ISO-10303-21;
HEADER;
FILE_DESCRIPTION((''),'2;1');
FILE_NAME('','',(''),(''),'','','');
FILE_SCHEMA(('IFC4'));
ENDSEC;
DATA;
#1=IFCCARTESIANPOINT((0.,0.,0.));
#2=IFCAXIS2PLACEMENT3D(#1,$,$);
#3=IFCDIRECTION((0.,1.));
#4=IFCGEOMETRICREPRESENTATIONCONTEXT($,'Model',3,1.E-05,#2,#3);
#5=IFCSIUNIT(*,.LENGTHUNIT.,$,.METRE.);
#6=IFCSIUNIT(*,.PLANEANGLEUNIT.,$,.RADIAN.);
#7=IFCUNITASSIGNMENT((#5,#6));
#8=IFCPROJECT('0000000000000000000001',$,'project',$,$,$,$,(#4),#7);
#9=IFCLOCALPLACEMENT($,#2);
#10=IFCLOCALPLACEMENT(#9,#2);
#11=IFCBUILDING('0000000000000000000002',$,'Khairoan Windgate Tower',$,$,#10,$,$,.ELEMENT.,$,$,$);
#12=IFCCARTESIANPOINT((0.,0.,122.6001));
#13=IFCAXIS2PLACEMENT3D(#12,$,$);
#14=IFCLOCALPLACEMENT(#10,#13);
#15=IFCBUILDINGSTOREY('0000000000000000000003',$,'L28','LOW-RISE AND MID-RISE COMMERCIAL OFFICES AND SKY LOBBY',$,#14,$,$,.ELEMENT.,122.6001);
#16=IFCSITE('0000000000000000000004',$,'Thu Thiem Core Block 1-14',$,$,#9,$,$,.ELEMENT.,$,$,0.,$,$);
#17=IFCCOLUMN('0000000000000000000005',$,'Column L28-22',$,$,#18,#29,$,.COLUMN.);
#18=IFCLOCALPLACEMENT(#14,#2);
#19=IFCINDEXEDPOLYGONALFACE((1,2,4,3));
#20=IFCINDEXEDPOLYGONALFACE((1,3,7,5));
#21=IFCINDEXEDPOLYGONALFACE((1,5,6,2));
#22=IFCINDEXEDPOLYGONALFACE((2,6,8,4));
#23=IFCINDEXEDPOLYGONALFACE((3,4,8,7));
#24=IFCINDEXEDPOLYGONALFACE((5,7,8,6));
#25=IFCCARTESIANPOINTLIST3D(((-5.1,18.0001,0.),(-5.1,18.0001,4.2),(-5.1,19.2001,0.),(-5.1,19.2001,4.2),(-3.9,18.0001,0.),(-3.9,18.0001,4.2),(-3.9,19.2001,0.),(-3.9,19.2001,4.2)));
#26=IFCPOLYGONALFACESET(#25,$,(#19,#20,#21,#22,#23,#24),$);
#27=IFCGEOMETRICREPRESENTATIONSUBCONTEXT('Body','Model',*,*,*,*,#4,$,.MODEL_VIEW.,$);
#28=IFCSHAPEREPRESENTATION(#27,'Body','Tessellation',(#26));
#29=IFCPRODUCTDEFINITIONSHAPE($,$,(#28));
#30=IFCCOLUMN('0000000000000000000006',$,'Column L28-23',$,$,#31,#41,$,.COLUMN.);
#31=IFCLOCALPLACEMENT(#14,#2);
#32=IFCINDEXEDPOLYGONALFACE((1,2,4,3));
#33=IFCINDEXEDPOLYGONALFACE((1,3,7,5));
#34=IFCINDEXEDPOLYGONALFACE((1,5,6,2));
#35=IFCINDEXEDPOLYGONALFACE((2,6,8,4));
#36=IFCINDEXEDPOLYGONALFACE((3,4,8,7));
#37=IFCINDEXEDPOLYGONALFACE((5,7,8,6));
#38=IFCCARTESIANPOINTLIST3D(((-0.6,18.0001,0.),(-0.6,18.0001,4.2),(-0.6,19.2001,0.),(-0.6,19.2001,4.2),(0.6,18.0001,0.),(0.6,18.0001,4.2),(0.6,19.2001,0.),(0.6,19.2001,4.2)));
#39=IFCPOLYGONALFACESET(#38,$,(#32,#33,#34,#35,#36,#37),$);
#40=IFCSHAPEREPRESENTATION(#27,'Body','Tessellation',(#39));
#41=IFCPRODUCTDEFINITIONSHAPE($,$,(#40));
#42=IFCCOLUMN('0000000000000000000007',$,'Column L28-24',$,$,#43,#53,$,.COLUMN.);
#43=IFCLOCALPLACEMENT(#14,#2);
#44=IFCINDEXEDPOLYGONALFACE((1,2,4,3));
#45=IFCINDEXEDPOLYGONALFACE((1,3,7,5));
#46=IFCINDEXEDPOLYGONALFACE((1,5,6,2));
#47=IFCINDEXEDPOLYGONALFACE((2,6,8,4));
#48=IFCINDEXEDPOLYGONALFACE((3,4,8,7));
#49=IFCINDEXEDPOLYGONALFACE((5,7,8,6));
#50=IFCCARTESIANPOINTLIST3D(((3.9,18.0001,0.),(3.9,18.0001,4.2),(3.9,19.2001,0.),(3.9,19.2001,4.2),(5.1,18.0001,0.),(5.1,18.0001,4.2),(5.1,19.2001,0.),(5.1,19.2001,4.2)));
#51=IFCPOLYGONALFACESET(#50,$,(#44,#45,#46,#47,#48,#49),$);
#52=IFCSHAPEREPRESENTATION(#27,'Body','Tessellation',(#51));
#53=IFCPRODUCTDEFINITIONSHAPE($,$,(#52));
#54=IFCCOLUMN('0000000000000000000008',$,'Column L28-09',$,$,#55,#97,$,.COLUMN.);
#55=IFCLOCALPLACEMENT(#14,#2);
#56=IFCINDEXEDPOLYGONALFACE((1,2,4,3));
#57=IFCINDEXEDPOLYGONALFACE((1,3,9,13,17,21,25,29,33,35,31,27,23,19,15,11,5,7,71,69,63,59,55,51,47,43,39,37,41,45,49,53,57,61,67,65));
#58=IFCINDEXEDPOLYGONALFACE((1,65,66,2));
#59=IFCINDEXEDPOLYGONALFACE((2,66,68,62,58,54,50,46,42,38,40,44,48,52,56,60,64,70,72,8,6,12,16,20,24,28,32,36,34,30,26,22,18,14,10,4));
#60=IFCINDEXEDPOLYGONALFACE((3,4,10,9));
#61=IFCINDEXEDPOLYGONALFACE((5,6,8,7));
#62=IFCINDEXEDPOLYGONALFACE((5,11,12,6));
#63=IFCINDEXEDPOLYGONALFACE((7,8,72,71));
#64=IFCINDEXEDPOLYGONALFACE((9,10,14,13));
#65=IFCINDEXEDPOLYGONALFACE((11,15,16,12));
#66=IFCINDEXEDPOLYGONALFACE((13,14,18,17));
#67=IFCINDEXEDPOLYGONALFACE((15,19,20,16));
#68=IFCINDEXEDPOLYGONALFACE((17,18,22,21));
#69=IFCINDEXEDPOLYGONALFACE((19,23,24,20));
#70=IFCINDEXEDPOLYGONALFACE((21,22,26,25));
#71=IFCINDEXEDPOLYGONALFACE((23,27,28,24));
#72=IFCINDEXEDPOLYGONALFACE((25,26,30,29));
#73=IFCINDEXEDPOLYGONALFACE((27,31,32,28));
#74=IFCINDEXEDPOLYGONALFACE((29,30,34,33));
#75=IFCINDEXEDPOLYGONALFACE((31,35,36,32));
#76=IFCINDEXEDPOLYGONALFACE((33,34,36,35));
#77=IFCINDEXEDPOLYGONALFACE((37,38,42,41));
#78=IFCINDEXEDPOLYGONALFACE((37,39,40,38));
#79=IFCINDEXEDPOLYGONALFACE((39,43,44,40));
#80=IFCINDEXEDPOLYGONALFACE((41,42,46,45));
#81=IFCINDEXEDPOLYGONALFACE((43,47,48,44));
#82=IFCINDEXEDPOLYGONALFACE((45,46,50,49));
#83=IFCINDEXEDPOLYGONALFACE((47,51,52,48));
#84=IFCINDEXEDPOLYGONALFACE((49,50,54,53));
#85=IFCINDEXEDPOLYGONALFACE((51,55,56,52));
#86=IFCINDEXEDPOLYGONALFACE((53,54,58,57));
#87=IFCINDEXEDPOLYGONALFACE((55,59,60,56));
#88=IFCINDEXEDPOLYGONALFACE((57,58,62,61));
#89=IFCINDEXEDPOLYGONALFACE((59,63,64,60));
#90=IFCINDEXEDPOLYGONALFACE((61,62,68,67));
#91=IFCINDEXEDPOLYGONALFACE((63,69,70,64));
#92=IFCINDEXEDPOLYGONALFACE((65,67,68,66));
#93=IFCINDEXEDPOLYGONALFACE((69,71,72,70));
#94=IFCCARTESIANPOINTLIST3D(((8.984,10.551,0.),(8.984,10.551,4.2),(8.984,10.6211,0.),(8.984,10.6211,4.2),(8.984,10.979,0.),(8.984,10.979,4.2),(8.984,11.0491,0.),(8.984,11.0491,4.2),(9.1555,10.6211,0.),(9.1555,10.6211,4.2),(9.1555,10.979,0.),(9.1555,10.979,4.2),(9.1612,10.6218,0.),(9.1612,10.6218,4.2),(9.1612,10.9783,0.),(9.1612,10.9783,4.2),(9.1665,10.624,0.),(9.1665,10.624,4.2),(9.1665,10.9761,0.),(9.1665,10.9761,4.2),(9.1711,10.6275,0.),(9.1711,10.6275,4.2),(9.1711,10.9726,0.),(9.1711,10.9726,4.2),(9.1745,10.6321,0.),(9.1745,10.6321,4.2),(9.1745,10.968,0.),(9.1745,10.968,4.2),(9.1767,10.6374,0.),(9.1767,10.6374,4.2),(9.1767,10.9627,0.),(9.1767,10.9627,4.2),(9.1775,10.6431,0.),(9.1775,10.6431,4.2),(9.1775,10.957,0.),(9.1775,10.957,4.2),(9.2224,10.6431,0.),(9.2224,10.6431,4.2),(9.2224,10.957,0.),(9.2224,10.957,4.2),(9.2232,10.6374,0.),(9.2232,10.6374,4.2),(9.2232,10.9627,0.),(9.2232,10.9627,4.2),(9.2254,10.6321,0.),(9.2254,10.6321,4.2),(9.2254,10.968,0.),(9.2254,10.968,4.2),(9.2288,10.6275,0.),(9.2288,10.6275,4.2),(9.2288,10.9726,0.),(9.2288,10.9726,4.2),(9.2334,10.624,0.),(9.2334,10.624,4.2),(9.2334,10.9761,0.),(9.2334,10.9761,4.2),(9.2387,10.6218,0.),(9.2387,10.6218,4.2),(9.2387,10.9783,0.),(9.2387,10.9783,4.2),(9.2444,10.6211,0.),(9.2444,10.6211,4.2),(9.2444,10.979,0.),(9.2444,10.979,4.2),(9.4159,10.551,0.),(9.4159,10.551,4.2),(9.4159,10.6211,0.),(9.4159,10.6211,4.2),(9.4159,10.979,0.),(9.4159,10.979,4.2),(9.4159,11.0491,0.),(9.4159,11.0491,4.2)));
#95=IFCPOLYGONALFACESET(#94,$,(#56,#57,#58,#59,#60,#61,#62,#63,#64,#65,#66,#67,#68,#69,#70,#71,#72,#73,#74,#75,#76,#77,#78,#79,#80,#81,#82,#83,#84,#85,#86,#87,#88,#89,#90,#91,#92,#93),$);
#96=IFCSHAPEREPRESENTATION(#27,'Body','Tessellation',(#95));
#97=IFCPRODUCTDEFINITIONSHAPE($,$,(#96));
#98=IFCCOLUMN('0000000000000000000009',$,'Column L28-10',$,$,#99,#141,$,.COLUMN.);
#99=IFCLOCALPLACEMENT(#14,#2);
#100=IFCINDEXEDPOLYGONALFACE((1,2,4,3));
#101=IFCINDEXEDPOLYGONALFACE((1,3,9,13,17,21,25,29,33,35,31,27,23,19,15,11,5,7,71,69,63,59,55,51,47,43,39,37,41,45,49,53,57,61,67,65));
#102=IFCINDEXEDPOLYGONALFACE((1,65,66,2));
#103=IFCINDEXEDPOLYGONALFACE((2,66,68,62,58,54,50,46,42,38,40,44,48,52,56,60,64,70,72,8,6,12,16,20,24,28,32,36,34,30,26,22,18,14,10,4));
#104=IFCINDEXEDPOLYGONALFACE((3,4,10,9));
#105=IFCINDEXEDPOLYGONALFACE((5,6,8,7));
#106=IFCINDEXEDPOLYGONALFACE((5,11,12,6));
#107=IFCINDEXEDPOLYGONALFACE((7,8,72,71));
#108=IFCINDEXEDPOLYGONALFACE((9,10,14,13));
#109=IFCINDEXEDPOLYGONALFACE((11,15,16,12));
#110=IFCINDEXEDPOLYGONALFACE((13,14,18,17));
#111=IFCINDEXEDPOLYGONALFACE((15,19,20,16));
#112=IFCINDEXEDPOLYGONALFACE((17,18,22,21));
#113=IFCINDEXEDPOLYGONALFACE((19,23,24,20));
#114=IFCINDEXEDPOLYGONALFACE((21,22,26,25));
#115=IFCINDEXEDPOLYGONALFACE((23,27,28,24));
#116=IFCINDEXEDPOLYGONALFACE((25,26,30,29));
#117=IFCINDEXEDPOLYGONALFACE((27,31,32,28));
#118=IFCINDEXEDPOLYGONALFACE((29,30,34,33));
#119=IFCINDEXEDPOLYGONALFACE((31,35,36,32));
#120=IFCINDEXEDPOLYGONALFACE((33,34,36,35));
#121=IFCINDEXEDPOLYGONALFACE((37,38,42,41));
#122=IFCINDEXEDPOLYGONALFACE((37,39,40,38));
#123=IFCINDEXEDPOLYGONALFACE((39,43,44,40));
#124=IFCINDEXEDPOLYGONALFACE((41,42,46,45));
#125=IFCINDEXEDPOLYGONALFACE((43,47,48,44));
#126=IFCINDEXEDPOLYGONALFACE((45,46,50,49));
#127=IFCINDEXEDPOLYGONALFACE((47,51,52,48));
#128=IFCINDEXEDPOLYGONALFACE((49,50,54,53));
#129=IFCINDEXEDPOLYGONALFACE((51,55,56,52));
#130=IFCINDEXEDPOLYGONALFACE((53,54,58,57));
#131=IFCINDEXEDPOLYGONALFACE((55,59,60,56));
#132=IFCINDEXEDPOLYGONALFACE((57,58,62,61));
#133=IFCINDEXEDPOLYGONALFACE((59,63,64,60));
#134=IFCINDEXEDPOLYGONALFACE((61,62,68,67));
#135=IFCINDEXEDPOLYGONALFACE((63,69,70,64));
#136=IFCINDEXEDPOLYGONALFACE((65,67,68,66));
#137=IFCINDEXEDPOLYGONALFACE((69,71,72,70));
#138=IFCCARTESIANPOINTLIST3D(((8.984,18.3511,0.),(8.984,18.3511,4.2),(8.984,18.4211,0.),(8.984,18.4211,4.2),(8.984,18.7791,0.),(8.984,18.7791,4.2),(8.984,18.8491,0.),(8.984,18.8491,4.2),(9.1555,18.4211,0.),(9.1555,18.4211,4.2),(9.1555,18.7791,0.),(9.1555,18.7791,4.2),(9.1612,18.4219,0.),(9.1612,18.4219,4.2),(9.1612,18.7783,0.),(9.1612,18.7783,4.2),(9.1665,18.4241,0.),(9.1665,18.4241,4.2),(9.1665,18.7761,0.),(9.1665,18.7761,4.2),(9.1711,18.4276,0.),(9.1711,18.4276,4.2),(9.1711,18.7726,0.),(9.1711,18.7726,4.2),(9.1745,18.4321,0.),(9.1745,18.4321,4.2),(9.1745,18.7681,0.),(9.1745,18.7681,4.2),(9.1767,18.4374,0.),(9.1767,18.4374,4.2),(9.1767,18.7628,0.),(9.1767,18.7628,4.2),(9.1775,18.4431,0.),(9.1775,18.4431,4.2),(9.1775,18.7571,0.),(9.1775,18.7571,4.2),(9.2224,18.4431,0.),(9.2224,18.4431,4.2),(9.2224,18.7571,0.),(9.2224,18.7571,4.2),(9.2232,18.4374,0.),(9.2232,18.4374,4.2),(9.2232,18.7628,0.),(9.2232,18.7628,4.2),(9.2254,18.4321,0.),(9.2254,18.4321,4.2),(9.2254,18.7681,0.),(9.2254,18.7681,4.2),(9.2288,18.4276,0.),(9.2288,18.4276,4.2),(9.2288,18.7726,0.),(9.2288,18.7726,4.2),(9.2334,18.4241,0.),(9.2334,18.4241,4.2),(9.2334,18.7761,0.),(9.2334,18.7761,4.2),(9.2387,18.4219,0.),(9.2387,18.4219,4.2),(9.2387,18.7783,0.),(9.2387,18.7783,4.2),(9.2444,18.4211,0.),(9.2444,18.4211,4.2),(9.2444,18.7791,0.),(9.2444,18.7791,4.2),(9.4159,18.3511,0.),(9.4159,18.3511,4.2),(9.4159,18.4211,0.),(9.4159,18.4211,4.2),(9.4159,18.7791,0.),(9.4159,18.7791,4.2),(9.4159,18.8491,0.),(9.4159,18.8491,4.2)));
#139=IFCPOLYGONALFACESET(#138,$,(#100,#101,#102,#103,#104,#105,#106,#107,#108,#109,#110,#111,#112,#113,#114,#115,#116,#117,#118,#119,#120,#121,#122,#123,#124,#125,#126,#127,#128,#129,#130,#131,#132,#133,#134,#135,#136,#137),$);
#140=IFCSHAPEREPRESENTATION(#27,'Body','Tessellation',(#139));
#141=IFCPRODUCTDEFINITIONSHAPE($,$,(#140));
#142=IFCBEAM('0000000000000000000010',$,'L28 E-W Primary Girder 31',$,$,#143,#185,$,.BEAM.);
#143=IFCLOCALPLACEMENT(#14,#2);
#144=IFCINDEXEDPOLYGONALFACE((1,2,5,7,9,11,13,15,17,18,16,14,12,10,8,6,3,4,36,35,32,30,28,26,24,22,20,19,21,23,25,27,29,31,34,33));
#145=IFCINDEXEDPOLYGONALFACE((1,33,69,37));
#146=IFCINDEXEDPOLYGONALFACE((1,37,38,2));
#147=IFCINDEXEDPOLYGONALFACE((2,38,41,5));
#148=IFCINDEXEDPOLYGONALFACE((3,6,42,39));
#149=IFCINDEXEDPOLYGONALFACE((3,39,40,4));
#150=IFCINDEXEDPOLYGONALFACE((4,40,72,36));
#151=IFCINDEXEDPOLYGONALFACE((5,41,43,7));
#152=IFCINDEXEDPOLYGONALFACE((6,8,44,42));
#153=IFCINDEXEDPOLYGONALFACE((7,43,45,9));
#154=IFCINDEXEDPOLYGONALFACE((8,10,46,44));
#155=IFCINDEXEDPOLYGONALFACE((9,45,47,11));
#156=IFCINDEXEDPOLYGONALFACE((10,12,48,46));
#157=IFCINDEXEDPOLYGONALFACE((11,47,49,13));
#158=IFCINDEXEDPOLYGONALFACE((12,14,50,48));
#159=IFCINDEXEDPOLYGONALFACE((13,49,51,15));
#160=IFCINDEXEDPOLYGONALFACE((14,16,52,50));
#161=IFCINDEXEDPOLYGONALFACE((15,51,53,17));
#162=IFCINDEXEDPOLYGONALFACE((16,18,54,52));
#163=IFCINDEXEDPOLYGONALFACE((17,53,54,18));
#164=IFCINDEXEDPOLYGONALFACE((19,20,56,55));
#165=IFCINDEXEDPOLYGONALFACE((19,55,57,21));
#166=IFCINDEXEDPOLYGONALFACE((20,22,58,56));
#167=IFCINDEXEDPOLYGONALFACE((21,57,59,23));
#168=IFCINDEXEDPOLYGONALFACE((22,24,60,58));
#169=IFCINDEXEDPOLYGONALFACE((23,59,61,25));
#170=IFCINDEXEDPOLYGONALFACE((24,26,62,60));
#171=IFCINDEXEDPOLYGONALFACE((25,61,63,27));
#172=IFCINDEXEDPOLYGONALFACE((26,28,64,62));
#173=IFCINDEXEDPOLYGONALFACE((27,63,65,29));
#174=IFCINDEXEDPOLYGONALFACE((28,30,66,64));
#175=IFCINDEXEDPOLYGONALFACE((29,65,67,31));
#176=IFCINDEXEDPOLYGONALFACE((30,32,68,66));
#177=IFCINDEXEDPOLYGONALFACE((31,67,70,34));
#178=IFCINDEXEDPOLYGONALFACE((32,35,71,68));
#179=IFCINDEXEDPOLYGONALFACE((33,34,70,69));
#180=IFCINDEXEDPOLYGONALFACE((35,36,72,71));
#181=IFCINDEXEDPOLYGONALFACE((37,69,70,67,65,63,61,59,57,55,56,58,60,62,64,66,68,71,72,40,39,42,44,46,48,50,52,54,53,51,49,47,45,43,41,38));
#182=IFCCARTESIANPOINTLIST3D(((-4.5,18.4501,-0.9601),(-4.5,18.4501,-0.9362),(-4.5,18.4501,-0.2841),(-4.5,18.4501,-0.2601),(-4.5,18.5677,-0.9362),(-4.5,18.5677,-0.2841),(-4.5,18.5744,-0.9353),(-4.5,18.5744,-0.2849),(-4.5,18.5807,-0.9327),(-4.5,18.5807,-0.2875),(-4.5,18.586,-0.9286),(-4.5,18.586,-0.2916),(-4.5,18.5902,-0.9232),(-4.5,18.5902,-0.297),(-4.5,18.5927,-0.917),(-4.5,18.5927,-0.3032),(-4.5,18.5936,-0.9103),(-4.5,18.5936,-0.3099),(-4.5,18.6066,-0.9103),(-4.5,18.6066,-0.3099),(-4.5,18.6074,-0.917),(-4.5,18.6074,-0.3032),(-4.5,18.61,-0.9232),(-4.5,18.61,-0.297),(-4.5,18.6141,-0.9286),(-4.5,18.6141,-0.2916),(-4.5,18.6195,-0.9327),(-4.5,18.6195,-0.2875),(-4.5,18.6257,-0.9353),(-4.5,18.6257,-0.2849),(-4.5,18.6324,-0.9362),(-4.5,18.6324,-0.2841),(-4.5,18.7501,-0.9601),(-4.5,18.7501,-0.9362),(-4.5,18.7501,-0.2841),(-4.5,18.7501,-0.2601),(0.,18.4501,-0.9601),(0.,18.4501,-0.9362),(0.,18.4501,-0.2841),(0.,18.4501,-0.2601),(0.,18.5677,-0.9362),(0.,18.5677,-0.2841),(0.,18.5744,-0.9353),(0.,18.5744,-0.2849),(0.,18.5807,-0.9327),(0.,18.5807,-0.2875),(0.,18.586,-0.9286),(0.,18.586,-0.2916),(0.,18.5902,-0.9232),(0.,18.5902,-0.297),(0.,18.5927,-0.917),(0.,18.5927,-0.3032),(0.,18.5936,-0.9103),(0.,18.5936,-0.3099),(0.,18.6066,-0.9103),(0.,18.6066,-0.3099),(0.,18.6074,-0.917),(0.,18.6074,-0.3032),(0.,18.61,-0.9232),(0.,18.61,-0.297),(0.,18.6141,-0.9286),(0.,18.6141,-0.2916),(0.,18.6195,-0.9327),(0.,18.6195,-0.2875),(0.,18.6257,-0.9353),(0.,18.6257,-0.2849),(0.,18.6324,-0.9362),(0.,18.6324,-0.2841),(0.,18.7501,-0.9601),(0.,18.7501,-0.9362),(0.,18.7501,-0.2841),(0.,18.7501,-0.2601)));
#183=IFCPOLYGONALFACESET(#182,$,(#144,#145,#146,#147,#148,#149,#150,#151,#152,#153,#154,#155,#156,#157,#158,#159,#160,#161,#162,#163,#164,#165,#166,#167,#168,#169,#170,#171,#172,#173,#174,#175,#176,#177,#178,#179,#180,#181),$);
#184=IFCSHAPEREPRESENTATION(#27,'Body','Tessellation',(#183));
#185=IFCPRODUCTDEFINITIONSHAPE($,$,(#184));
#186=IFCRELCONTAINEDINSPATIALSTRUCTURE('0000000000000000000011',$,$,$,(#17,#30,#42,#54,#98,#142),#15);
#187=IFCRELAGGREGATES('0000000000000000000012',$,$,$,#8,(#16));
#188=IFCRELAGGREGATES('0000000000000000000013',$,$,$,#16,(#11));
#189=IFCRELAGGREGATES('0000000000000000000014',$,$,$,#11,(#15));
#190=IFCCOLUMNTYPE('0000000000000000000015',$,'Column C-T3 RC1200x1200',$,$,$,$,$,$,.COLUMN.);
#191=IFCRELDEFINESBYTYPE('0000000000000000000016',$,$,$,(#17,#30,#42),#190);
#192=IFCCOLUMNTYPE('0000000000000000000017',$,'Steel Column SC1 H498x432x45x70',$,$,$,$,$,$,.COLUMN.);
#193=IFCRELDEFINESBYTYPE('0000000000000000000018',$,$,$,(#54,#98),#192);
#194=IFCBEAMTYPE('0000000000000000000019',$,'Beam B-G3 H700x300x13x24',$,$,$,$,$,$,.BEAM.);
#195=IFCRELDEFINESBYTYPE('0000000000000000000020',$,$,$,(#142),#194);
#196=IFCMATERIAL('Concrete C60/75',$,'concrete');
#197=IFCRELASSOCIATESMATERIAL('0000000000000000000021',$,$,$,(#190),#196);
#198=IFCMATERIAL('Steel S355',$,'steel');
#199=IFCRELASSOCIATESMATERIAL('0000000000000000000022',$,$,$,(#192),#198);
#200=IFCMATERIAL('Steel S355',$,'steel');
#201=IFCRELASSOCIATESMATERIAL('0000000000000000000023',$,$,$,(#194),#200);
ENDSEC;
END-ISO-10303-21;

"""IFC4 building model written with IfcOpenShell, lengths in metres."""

from ifc_helpers import new_model, si_unit, direction, frame, origin, origin_2d, place, context, subcontext, project, spatial, rectangle, i_section, extrude, material, material_profile, profile_set, type_object, element, save


model = new_model("IFC4")

# Units and contexts
model_context = context("Model", 3, precision=1e-05, world=origin(), true_north=direction((0.0, 1.0)))
body_context = subcontext(model_context, "Body", "Model", "MODEL_VIEW")
ifc_project = project(units=[si_unit("LENGTHUNIT", "METRE"), si_unit("PLANEANGLEUNIT", "RADIAN")], contexts=[model_context])

# Site, building, storey
site_placement = place(None, origin())
site = spatial("IfcSite", under=ifc_project, at=site_placement, Name="Thu Thiem Core Block 1-14", CompositionType="ELEMENT", RefElevation=0.0)
building_placement = place(site_placement, origin())
building = spatial("IfcBuilding", under=site, at=building_placement, Name="Khairoan Windgate Tower", CompositionType="ELEMENT")
storey_placement = place(building_placement, frame((0.0, 0.0, 122.6001)))
storey = spatial("IfcBuildingStorey", under=building, at=storey_placement, Name="L28", Description="LOW-RISE AND MID-RISE COMMERCIAL OFFICES AND SKY LOBBY", CompositionType="ELEMENT", Elevation=122.6001)

# Columns
ifc_material_1 = material(Name="Concrete C60/75", Category="concrete")
ifc_material_profile_1 = material_profile(ifc_material_1, rectangle(XDim=1.2, YDim=1.2, at=origin_2d()))
ifc_profile_set_1 = profile_set([ifc_material_profile_1], Name="Concrete C60/75")
column_type_1 = type_object("IfcColumnType", Name="Column C-T3 RC1200x1200", PredefinedType="COLUMN", material=ifc_profile_set_1)
for number, where, z_axis, x_axis, name in (
    (1, (-4.5, 18.6001, 0.0), (0.0, 0.0, 1.0), (1.0, 0.0, 0.0), "Column L28-22"),
    (2, (0.0, 18.6001, 0.0), (0.0, 0.0, 1.0), (1.0, 0.0, 0.0), "Column L28-23"),
    (3, (4.5, 18.6001, 0.0), (0.0, 0.0, 1.0), (1.0, 0.0, 0.0), "Column L28-24"),
):
    element("IfcColumn", number, at=place(storey_placement, frame(where, z_axis=z_axis, x_axis=x_axis)), inside=storey, type_object=column_type_1, Name=name, PredefinedType="COLUMN", context=body_context, shape_type="SweptSolid", body=[
        extrude(rectangle(XDim=1.2, YDim=1.2, at=origin_2d()), origin(), (0.0, 0.0, 1.0), 4.2),
    ])
ifc_material_2 = material(Name="Steel S355", Category="steel")
ifc_material_profile_2 = material_profile(ifc_material_2, i_section(OverallWidth=0.4319, OverallDepth=0.498, WebThickness=0.0449, FlangeThickness=0.0701, FilletRadius=0.022, at=origin_2d()))
ifc_profile_set_2 = profile_set([ifc_material_profile_2], Name="Steel S355")
column_type_2 = type_object("IfcColumnType", Name="Steel Column SC1 H498x432x45x70", PredefinedType="COLUMN", material=ifc_profile_set_2)
for number, where, z_axis, x_axis, name in (
    (4, (9.2, 10.8, 0.0), (0.0, 0.0, 1.0), (1.0, 0.0, 0.0), "Column L28-09"),
    (5, (9.2, 18.6001, 0.0), (0.0, 0.0, 1.0), (1.0, 0.0, 0.0), "Column L28-10"),
):
    element("IfcColumn", number, at=place(storey_placement, frame(where, z_axis=z_axis, x_axis=x_axis)), inside=storey, type_object=column_type_2, Name=name, PredefinedType="COLUMN", context=body_context, shape_type="SweptSolid", body=[
        extrude(i_section(OverallWidth=0.4319, OverallDepth=0.498, WebThickness=0.0449, FlangeThickness=0.0701, FilletRadius=0.022, at=origin_2d()), origin(), (0.0, 0.0, 1.0), 4.2),
    ])

# Beam
ifc_material_3 = material(Name="Steel S355", Category="steel")
ifc_material_profile_3 = material_profile(ifc_material_3, i_section(OverallWidth=0.3, OverallDepth=0.7, WebThickness=0.0129, FlangeThickness=0.0239, FilletRadius=0.0259, at=origin_2d()))
ifc_profile_set_3 = profile_set([ifc_material_profile_3], Name="Steel S355")
beam_type_1 = type_object("IfcBeamType", Name="Beam B-G3 H700x300x13x24", PredefinedType="BEAM", material=ifc_profile_set_3)
for number, where, z_axis, x_axis, name in (
    (6, (-4.5, 18.6001, -0.6101), (1.0, 0.0, 0.0), (0.0, 1.0, 0.0), "L28 E-W Primary Girder 31"),
):
    element("IfcBeam", number, at=place(storey_placement, frame(where, z_axis=z_axis, x_axis=x_axis)), inside=storey, type_object=beam_type_1, Name=name, PredefinedType="BEAM", context=body_context, shape_type="SweptSolid", body=[
        extrude(i_section(OverallWidth=0.3, OverallDepth=0.7, WebThickness=0.0129, FlangeThickness=0.0239, FilletRadius=0.0259, at=origin_2d()), origin(), (0.0, 0.0, 1.0), 4.5),
    ])

save(model, "model.ifc")
